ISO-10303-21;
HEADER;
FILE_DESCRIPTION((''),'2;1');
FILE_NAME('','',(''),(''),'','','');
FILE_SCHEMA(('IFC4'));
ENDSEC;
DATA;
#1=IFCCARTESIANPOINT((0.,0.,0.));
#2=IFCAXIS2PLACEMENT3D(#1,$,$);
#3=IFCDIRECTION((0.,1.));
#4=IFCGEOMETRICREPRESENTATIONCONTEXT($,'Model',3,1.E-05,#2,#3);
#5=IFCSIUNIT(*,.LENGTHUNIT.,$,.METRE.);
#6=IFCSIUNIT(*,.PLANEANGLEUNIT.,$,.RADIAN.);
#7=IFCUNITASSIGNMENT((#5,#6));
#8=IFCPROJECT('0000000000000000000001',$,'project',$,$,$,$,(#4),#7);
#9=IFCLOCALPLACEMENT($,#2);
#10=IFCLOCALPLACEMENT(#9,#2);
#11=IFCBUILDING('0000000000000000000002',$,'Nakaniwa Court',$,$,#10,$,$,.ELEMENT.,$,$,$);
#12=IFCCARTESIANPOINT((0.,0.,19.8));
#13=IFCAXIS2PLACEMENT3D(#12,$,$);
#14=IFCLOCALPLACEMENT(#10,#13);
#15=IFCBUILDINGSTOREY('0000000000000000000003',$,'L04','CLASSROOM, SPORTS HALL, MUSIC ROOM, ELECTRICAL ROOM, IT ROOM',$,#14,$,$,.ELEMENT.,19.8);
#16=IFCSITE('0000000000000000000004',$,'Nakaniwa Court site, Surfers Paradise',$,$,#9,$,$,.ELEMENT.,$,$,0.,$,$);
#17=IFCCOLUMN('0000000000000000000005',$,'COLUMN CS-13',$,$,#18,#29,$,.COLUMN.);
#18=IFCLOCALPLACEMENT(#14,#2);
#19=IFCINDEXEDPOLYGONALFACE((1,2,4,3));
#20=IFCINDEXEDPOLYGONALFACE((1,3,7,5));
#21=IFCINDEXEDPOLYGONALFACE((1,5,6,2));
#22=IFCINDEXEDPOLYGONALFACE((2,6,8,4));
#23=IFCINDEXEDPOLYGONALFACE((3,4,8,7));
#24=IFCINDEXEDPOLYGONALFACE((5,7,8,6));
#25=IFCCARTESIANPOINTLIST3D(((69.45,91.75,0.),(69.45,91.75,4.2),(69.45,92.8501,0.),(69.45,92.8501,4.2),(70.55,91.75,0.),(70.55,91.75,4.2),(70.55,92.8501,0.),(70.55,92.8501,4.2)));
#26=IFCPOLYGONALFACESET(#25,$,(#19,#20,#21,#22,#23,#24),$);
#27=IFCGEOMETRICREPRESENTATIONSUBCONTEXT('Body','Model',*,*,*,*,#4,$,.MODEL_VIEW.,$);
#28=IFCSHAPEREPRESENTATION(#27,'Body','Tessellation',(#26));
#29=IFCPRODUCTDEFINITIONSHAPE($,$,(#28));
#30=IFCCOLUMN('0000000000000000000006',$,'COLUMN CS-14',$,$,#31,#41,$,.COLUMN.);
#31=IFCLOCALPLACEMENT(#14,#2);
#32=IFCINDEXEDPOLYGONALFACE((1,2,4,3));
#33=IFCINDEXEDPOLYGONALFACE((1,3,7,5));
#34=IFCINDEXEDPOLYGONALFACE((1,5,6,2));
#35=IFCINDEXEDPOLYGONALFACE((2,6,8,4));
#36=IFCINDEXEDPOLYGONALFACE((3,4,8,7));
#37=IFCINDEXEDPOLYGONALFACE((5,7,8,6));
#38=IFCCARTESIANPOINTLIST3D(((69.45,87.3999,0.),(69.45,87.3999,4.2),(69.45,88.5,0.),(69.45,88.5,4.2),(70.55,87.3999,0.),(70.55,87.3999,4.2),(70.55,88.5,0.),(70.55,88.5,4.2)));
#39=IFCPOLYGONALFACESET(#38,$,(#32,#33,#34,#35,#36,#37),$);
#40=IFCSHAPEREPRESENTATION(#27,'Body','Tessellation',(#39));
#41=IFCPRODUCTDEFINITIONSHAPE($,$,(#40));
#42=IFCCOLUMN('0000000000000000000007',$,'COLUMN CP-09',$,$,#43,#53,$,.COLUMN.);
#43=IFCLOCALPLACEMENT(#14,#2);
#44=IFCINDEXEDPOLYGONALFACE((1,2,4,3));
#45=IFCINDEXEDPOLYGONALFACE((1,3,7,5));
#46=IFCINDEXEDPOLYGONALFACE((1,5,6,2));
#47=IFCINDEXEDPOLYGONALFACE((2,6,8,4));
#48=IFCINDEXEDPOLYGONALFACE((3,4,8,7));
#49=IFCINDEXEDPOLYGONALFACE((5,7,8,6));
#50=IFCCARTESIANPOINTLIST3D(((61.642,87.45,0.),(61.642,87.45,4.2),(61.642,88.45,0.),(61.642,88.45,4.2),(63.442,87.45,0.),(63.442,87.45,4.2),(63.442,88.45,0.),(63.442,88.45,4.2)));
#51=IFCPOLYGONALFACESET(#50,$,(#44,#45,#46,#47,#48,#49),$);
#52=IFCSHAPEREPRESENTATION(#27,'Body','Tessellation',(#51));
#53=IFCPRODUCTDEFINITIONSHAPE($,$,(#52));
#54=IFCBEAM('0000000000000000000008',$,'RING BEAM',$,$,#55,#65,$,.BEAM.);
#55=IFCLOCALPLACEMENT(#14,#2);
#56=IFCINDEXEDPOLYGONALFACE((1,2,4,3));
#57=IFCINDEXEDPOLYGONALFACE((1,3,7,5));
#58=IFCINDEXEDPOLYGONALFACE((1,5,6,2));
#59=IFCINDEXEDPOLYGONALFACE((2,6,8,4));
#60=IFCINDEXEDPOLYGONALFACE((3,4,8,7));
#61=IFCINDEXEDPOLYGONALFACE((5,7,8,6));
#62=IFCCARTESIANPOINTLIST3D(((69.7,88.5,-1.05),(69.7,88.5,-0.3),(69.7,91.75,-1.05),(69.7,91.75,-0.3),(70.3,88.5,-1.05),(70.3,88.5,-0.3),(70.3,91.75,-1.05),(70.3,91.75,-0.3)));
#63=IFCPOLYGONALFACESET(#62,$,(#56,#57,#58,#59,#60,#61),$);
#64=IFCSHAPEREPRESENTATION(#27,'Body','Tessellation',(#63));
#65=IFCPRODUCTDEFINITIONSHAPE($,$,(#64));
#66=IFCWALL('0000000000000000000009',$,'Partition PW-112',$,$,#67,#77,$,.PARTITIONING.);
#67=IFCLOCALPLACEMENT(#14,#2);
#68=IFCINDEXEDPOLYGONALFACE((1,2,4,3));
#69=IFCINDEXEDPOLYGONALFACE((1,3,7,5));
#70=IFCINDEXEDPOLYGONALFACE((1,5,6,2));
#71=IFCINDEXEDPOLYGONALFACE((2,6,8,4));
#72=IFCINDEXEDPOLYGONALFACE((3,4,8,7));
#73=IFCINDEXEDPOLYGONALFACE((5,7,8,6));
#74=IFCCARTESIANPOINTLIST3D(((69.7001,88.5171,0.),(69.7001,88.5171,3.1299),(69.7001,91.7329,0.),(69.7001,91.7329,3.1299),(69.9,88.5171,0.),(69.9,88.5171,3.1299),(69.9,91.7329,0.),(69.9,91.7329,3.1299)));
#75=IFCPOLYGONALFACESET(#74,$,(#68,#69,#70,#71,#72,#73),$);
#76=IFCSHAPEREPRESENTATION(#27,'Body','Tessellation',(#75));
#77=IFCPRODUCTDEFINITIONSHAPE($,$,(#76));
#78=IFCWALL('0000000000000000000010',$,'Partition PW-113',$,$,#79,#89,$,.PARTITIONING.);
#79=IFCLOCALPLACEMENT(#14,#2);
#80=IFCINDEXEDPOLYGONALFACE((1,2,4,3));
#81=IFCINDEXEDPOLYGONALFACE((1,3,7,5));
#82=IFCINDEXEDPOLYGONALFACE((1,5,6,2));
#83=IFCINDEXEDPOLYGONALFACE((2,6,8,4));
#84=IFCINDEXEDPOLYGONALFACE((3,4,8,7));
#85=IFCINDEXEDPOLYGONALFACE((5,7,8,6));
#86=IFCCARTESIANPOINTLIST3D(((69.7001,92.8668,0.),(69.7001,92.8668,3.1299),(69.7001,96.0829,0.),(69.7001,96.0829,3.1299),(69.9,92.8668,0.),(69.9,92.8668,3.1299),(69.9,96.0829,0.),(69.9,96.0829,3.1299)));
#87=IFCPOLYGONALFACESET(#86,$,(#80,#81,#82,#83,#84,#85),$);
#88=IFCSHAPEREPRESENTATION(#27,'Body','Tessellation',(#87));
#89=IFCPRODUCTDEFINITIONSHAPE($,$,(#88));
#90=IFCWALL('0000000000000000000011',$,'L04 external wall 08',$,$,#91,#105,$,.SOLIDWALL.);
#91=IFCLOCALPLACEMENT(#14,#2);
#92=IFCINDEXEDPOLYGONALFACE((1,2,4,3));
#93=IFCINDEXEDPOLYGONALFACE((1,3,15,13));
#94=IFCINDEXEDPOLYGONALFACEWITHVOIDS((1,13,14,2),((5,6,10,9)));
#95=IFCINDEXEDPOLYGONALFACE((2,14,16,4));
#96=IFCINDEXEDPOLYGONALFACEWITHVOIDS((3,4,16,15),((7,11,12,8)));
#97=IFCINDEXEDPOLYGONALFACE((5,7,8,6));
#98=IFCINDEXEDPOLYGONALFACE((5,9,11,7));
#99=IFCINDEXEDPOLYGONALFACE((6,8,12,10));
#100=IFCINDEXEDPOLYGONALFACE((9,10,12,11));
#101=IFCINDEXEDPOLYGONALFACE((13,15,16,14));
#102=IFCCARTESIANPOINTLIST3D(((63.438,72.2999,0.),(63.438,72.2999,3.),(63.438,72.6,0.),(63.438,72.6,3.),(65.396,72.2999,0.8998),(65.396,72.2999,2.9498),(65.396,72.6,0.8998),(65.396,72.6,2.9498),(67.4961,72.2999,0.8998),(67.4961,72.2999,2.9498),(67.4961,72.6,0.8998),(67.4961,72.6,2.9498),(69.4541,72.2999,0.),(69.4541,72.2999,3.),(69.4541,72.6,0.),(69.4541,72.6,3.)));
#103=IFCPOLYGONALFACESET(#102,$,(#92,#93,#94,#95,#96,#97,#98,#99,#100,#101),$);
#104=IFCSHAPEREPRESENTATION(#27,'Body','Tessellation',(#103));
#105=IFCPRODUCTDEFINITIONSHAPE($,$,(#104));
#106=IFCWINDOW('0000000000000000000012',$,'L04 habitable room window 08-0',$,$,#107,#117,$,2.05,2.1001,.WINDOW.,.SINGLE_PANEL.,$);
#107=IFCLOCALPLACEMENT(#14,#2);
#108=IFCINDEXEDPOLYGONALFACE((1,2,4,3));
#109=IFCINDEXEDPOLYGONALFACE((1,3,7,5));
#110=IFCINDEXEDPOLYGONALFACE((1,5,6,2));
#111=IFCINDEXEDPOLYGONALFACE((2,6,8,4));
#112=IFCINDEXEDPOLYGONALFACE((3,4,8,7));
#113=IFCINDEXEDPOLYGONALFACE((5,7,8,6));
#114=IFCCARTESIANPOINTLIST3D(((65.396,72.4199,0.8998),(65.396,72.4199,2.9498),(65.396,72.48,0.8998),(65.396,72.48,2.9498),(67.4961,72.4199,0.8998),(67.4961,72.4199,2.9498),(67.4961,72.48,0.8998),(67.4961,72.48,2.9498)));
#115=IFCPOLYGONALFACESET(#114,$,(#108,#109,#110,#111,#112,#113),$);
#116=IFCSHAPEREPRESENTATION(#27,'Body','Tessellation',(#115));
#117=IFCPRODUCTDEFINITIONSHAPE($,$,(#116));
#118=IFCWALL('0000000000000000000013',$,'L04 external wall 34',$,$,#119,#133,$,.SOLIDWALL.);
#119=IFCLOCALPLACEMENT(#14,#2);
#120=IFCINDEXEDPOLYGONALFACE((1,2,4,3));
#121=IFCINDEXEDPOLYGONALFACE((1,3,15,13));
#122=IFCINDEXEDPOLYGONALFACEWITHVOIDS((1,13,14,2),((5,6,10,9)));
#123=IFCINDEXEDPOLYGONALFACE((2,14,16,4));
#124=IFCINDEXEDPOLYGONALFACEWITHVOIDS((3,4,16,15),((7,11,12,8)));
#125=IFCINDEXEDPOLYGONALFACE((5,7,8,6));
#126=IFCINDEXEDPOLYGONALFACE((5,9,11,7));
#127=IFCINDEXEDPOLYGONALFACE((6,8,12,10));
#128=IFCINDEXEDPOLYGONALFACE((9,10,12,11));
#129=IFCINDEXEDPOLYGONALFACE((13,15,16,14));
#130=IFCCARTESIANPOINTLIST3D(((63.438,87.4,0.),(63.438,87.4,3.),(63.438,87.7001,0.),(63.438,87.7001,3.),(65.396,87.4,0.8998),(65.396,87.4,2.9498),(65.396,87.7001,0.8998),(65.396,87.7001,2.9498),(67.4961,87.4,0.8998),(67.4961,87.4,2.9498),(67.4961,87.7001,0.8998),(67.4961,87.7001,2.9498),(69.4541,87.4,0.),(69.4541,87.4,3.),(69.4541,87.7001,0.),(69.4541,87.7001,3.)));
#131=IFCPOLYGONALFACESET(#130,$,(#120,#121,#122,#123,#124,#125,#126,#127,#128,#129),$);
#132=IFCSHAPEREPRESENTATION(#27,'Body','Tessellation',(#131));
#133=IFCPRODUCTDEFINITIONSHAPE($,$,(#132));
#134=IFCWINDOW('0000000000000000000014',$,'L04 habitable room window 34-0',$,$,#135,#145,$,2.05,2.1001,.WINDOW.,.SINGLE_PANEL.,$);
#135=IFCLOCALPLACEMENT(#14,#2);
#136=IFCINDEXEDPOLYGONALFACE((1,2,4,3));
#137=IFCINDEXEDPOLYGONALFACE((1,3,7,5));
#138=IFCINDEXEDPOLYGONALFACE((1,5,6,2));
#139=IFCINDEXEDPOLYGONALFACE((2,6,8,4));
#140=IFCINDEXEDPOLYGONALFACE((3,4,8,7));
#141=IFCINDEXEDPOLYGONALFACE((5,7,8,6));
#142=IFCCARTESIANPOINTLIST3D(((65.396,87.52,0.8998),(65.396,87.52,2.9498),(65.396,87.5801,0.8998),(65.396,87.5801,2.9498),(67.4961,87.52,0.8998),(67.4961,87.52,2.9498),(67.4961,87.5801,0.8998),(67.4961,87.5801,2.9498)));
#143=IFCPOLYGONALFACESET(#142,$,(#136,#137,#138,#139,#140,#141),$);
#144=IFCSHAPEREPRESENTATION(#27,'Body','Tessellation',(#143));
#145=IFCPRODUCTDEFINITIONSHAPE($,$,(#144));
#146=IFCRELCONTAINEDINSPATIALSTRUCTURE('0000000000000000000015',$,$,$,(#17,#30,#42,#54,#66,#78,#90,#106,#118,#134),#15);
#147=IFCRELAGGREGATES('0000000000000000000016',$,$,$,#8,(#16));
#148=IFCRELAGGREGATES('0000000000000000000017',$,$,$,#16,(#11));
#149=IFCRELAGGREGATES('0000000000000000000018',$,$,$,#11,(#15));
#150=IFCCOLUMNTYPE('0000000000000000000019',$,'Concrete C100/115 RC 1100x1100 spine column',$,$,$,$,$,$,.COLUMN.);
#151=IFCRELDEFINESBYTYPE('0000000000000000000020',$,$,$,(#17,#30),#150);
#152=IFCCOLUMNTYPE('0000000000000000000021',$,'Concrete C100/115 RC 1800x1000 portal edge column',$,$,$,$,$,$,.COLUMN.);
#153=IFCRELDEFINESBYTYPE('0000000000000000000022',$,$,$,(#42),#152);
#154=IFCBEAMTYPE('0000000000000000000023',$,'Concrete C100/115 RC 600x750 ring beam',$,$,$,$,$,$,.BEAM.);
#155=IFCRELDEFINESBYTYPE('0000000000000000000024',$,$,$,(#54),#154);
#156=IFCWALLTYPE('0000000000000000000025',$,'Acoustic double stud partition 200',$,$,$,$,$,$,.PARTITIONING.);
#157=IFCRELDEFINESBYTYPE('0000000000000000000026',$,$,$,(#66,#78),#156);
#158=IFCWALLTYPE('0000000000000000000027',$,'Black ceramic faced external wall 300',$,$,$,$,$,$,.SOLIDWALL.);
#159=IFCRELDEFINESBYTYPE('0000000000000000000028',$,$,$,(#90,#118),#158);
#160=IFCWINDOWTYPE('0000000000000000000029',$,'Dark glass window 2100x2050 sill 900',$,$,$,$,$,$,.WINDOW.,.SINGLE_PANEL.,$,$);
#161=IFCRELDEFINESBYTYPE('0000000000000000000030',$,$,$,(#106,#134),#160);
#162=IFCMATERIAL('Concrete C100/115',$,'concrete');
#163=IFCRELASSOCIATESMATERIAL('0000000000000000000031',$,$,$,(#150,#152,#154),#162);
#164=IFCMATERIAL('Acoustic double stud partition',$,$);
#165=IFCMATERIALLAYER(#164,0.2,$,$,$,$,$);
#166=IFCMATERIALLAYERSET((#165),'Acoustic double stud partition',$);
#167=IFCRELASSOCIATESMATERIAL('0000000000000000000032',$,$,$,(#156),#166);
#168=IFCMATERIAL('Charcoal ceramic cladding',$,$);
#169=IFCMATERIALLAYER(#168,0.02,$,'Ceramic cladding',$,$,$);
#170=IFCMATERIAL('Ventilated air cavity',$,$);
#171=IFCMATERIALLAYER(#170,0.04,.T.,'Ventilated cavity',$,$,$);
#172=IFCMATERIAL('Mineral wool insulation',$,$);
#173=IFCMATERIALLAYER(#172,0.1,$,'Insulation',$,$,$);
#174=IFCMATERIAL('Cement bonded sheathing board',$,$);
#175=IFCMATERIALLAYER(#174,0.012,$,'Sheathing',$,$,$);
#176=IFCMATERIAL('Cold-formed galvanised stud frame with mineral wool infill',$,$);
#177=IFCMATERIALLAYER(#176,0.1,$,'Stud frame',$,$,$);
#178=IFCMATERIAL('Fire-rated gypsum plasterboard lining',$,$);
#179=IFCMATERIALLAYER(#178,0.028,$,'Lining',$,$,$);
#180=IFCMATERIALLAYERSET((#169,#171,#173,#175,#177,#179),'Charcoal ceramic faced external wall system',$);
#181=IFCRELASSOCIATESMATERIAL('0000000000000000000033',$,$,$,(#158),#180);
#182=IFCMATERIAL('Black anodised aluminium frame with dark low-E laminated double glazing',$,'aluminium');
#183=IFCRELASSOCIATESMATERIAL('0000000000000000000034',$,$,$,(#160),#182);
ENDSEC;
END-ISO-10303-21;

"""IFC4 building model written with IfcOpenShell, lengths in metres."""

from ifc_helpers import new_model, si_unit, direction, frame, frame_2d, origin, origin_2d, place, context, subcontext, project, spatial, rectangle, extrude, material, layer, layer_set, material_profile, profile_set, type_object, element, fill, save


model = new_model("IFC4")

# Units and contexts
model_context = context("Model", 3, precision=1e-05, world=origin(), true_north=direction((0.0, 1.0)))
body_context = subcontext(model_context, "Body", "Model", "MODEL_VIEW")
ifc_project = project(units=[si_unit("LENGTHUNIT", "METRE"), si_unit("PLANEANGLEUNIT", "RADIAN")], contexts=[model_context])

# Site, building, storey
site_placement = place(None, origin())
site = spatial("IfcSite", under=ifc_project, at=site_placement, Name="Nakaniwa Court site, Surfers Paradise", CompositionType="ELEMENT", RefElevation=0.0)
building_placement = place(site_placement, origin())
building = spatial("IfcBuilding", under=site, at=building_placement, Name="Nakaniwa Court", CompositionType="ELEMENT")
storey_placement = place(building_placement, frame((0.0, 0.0, 19.8)))
storey = spatial("IfcBuildingStorey", under=building, at=storey_placement, Name="L04", Description="CLASSROOM, SPORTS HALL, MUSIC ROOM, ELECTRICAL ROOM, IT ROOM", CompositionType="ELEMENT", Elevation=19.8)

# Columns
ifc_material_1 = material(Name="Concrete C100/115", Category="concrete")
ifc_material_profile_1 = material_profile(ifc_material_1, rectangle(XDim=1.1001, YDim=1.1001, at=origin_2d()), Name="Concrete C100/115 RC 1100x1100 spine column")
ifc_profile_set_1 = profile_set([ifc_material_profile_1], Name="Concrete C100/115")
column_type_1 = type_object("IfcColumnType", Name="Concrete C100/115 RC 1100x1100 spine column", PredefinedType="COLUMN", material=ifc_profile_set_1)
for number, where, z_axis, x_axis, name in (
    (1, (70.0, 92.3, 0.0), (0.0, 0.0, 1.0), (0.0, -1.0, 0.0), "COLUMN CS-13"),
    (2, (70.0, 87.95, 0.0), (0.0, 0.0, 1.0), (0.0, -1.0, 0.0), "COLUMN CS-14"),
):
    element("IfcColumn", number, at=place(storey_placement, frame(where, z_axis=z_axis, x_axis=x_axis)), inside=storey, type_object=column_type_1, Name=name, PredefinedType="COLUMN", context=body_context, shape_type="SweptSolid", body=[
        extrude(rectangle(XDim=1.1001, YDim=1.1001, at=origin_2d()), origin(), (0.0, 0.0, 1.0), 4.2),
    ])
ifc_material_profile_2 = material_profile(ifc_material_1, rectangle(XDim=1.8, YDim=1.0, at=origin_2d()), Name="Concrete C100/115 RC 1800x1000 portal edge column")
ifc_profile_set_2 = profile_set([ifc_material_profile_2], Name="Concrete C100/115")
column_type_2 = type_object("IfcColumnType", Name="Concrete C100/115 RC 1800x1000 portal edge column", PredefinedType="COLUMN", material=ifc_profile_set_2)
column_placement = place(storey_placement, frame((62.542, 87.95, 0.0), z_axis=(0.0, 0.0, 1.0), x_axis=(1.0, 0.0, 0.0)))
element("IfcColumn", 3, at=column_placement, inside=storey, type_object=column_type_2, Name="COLUMN CP-09", PredefinedType="COLUMN", context=body_context, shape_type="SweptSolid", body=[
    extrude(rectangle(XDim=1.8, YDim=1.0, at=origin_2d()), origin(), (0.0, 0.0, 1.0), 4.2),
])

# Beam
ifc_material_profile_3 = material_profile(ifc_material_1, rectangle(XDim=0.6001, YDim=0.75, at=origin_2d()), Name="Concrete C100/115 RC 600x750 ring beam")
ifc_profile_set_3 = profile_set([ifc_material_profile_3], Name="Concrete C100/115")
beam_type = type_object("IfcBeamType", Name="Concrete C100/115 RC 600x750 ring beam", PredefinedType="BEAM", material=ifc_profile_set_3)
beam_placement = place(storey_placement, frame((70.0, 91.75, -0.675), z_axis=(0.0, -1.0, 0.0), x_axis=(1.0, 0.0, 0.0)))
element("IfcBeam", 4, at=beam_placement, inside=storey, type_object=beam_type, Name="RING BEAM", PredefinedType="BEAM", context=body_context, shape_type="SweptSolid", body=[
    extrude(rectangle(XDim=0.6001, YDim=0.75, at=origin_2d()), origin(), (0.0, 0.0, 1.0), 3.25),
])

# Walls
ifc_material_2 = material(Name="Acoustic double stud partition")
ifc_layer_1 = layer(ifc_material_2, 0.2)
ifc_layer_set_1 = layer_set([ifc_layer_1], Name="Acoustic double stud partition")
wall_type_1 = type_object("IfcWallType", Name="Acoustic double stud partition 200", PredefinedType="PARTITIONING", material=ifc_layer_set_1)
wall_1_placement = place(storey_placement, frame((69.8, 88.5171, 0.0), z_axis=(0.0, 0.0, 1.0), x_axis=(0.0, 1.0, 0.0)))
element("IfcWall", 5, at=wall_1_placement, inside=storey, type_object=wall_type_1, Name="Partition PW-112", PredefinedType="PARTITIONING", context=body_context, shape_type="SweptSolid", body=[
    extrude(rectangle(XDim=3.2158, YDim=0.2, at=frame_2d((1.6079, 0.0))), origin(), (0.0, 0.0, 1.0), 3.1299),
])
wall_2_placement = place(storey_placement, frame((69.8, 92.8669, 0.0), z_axis=(0.0, 0.0, 1.0), x_axis=(0.0, 1.0, 0.0)))
element("IfcWall", 6, at=wall_2_placement, inside=storey, type_object=wall_type_1, Name="Partition PW-113", PredefinedType="PARTITIONING", context=body_context, shape_type="SweptSolid", body=[
    extrude(rectangle(XDim=3.2161, YDim=0.2, at=frame_2d((1.6079, 0.0))), origin(), (0.0, 0.0, 1.0), 3.1299),
])

# Walls, openings, windows
ifc_material_3 = material(Name="Charcoal ceramic cladding")
ifc_layer_2 = layer(ifc_material_3, 0.02, Name="Ceramic cladding")
ifc_material_4 = material(Name="Ventilated air cavity")
ifc_layer_3 = layer(ifc_material_4, 0.04, ventilated=True, Name="Ventilated cavity")
ifc_material_5 = material(Name="Mineral wool insulation")
ifc_layer_4 = layer(ifc_material_5, 0.1, Name="Insulation")
ifc_material_6 = material(Name="Cement bonded sheathing board")
ifc_layer_5 = layer(ifc_material_6, 0.012, Name="Sheathing")
ifc_material_7 = material(Name="Cold-formed galvanised stud frame with mineral wool infill")
ifc_layer_6 = layer(ifc_material_7, 0.1, Name="Stud frame")
ifc_material_8 = material(Name="Fire-rated gypsum plasterboard lining")
ifc_layer_7 = layer(ifc_material_8, 0.028, Name="Lining")
ifc_layer_set_2 = layer_set([ifc_layer_2, ifc_layer_3, ifc_layer_4, ifc_layer_5, ifc_layer_6, ifc_layer_7], Name="Charcoal ceramic faced external wall system")
wall_type_2 = type_object("IfcWallType", Name="Black ceramic faced external wall 300", PredefinedType="SOLIDWALL", material=ifc_layer_set_2)
wall_3_placement = place(storey_placement, frame((69.4541, 72.45, 0.0), z_axis=(0.0, 0.0, 1.0), x_axis=(-1.0, 0.0, 0.0)))
wall_3 = element("IfcWall", 7, at=wall_3_placement, inside=storey, type_object=wall_type_2, Name="L04 external wall 08", PredefinedType="SOLIDWALL", context=body_context, shape_type="SweptSolid", body=[
    extrude(rectangle(XDim=6.0161, YDim=0.3, at=frame_2d((3.0081, 0.0))), origin(), (0.0, 0.0, 1.0), 3.0),
])
opening_1_placement = place(wall_3_placement, frame((1.958, 0.0, 0.8999)))
opening_1 = element("IfcOpeningElement", 8, at=opening_1_placement, cuts=wall_3, PredefinedType="OPENING", context=body_context, shape_type="SweptSolid", body=[
    extrude(rectangle(XDim=2.1001, YDim=2.05, at=frame_2d((1.05, 1.0249))), frame((0.0, 0.1599, 0.0), z_axis=(0.0, -1.0, 0.0), x_axis=(1.0, 0.0, 0.0)), (0.0, 0.0, 1.0), 0.3201),
])
ifc_material_9 = material(Name="Black anodised aluminium frame with dark low-E laminated double glazing", Category="aluminium")
window_type = type_object("IfcWindowType", Name="Dark glass window 2100x2050 sill 900", PartitioningType="SINGLE_PANEL", PredefinedType="WINDOW", material=ifc_material_9)
window_1_placement = place(opening_1_placement, origin())
window_1 = element("IfcWindow", 9, at=window_1_placement, inside=storey, type_object=window_type, Name="L04 habitable room window 08-0", OverallHeight=2.05, OverallWidth=2.1001, PartitioningType="SINGLE_PANEL", PredefinedType="WINDOW", context=body_context, shape_type="SweptSolid", body=[
    extrude(rectangle(XDim=2.1001, YDim=2.05, at=frame_2d((1.05, 1.0249))), frame((0.0, 0.03, 0.0), z_axis=(0.0, -1.0, 0.0), x_axis=(1.0, 0.0, 0.0)), (0.0, 0.0, 1.0), 0.0601),
])
fill(opening_1, window_1)
wall_4_placement = place(storey_placement, frame((63.438, 87.55, 0.0), z_axis=(0.0, 0.0, 1.0), x_axis=(1.0, 0.0, 0.0)))
wall_4 = element("IfcWall", 10, at=wall_4_placement, inside=storey, type_object=wall_type_2, Name="L04 external wall 34", PredefinedType="SOLIDWALL", context=body_context, shape_type="SweptSolid", body=[
    extrude(rectangle(XDim=6.0161, YDim=0.3, at=frame_2d((3.0081, 0.0))), origin(), (0.0, 0.0, 1.0), 3.0),
])
opening_2_placement = place(wall_4_placement, frame((1.958, 0.0, 0.8999)))
opening_2 = element("IfcOpeningElement", 11, at=opening_2_placement, cuts=wall_4, PredefinedType="OPENING", context=body_context, shape_type="SweptSolid", body=[
    extrude(rectangle(XDim=2.1001, YDim=2.05, at=frame_2d((1.05, 1.0249))), frame((0.0, 0.1599, 0.0), z_axis=(0.0, -1.0, 0.0), x_axis=(1.0, 0.0, 0.0)), (0.0, 0.0, 1.0), 0.3201),
])
window_2_placement = place(opening_2_placement, origin())
window_2 = element("IfcWindow", 12, at=window_2_placement, inside=storey, type_object=window_type, Name="L04 habitable room window 34-0", OverallHeight=2.05, OverallWidth=2.1001, PartitioningType="SINGLE_PANEL", PredefinedType="WINDOW", context=body_context, shape_type="SweptSolid", body=[
    extrude(rectangle(XDim=2.1001, YDim=2.05, at=frame_2d((1.05, 1.0249))), frame((0.0, 0.03, 0.0), z_axis=(0.0, -1.0, 0.0), x_axis=(1.0, 0.0, 0.0)), (0.0, 0.0, 1.0), 0.0601),
])
fill(opening_2, window_2)

save(model, "model.ifc")
